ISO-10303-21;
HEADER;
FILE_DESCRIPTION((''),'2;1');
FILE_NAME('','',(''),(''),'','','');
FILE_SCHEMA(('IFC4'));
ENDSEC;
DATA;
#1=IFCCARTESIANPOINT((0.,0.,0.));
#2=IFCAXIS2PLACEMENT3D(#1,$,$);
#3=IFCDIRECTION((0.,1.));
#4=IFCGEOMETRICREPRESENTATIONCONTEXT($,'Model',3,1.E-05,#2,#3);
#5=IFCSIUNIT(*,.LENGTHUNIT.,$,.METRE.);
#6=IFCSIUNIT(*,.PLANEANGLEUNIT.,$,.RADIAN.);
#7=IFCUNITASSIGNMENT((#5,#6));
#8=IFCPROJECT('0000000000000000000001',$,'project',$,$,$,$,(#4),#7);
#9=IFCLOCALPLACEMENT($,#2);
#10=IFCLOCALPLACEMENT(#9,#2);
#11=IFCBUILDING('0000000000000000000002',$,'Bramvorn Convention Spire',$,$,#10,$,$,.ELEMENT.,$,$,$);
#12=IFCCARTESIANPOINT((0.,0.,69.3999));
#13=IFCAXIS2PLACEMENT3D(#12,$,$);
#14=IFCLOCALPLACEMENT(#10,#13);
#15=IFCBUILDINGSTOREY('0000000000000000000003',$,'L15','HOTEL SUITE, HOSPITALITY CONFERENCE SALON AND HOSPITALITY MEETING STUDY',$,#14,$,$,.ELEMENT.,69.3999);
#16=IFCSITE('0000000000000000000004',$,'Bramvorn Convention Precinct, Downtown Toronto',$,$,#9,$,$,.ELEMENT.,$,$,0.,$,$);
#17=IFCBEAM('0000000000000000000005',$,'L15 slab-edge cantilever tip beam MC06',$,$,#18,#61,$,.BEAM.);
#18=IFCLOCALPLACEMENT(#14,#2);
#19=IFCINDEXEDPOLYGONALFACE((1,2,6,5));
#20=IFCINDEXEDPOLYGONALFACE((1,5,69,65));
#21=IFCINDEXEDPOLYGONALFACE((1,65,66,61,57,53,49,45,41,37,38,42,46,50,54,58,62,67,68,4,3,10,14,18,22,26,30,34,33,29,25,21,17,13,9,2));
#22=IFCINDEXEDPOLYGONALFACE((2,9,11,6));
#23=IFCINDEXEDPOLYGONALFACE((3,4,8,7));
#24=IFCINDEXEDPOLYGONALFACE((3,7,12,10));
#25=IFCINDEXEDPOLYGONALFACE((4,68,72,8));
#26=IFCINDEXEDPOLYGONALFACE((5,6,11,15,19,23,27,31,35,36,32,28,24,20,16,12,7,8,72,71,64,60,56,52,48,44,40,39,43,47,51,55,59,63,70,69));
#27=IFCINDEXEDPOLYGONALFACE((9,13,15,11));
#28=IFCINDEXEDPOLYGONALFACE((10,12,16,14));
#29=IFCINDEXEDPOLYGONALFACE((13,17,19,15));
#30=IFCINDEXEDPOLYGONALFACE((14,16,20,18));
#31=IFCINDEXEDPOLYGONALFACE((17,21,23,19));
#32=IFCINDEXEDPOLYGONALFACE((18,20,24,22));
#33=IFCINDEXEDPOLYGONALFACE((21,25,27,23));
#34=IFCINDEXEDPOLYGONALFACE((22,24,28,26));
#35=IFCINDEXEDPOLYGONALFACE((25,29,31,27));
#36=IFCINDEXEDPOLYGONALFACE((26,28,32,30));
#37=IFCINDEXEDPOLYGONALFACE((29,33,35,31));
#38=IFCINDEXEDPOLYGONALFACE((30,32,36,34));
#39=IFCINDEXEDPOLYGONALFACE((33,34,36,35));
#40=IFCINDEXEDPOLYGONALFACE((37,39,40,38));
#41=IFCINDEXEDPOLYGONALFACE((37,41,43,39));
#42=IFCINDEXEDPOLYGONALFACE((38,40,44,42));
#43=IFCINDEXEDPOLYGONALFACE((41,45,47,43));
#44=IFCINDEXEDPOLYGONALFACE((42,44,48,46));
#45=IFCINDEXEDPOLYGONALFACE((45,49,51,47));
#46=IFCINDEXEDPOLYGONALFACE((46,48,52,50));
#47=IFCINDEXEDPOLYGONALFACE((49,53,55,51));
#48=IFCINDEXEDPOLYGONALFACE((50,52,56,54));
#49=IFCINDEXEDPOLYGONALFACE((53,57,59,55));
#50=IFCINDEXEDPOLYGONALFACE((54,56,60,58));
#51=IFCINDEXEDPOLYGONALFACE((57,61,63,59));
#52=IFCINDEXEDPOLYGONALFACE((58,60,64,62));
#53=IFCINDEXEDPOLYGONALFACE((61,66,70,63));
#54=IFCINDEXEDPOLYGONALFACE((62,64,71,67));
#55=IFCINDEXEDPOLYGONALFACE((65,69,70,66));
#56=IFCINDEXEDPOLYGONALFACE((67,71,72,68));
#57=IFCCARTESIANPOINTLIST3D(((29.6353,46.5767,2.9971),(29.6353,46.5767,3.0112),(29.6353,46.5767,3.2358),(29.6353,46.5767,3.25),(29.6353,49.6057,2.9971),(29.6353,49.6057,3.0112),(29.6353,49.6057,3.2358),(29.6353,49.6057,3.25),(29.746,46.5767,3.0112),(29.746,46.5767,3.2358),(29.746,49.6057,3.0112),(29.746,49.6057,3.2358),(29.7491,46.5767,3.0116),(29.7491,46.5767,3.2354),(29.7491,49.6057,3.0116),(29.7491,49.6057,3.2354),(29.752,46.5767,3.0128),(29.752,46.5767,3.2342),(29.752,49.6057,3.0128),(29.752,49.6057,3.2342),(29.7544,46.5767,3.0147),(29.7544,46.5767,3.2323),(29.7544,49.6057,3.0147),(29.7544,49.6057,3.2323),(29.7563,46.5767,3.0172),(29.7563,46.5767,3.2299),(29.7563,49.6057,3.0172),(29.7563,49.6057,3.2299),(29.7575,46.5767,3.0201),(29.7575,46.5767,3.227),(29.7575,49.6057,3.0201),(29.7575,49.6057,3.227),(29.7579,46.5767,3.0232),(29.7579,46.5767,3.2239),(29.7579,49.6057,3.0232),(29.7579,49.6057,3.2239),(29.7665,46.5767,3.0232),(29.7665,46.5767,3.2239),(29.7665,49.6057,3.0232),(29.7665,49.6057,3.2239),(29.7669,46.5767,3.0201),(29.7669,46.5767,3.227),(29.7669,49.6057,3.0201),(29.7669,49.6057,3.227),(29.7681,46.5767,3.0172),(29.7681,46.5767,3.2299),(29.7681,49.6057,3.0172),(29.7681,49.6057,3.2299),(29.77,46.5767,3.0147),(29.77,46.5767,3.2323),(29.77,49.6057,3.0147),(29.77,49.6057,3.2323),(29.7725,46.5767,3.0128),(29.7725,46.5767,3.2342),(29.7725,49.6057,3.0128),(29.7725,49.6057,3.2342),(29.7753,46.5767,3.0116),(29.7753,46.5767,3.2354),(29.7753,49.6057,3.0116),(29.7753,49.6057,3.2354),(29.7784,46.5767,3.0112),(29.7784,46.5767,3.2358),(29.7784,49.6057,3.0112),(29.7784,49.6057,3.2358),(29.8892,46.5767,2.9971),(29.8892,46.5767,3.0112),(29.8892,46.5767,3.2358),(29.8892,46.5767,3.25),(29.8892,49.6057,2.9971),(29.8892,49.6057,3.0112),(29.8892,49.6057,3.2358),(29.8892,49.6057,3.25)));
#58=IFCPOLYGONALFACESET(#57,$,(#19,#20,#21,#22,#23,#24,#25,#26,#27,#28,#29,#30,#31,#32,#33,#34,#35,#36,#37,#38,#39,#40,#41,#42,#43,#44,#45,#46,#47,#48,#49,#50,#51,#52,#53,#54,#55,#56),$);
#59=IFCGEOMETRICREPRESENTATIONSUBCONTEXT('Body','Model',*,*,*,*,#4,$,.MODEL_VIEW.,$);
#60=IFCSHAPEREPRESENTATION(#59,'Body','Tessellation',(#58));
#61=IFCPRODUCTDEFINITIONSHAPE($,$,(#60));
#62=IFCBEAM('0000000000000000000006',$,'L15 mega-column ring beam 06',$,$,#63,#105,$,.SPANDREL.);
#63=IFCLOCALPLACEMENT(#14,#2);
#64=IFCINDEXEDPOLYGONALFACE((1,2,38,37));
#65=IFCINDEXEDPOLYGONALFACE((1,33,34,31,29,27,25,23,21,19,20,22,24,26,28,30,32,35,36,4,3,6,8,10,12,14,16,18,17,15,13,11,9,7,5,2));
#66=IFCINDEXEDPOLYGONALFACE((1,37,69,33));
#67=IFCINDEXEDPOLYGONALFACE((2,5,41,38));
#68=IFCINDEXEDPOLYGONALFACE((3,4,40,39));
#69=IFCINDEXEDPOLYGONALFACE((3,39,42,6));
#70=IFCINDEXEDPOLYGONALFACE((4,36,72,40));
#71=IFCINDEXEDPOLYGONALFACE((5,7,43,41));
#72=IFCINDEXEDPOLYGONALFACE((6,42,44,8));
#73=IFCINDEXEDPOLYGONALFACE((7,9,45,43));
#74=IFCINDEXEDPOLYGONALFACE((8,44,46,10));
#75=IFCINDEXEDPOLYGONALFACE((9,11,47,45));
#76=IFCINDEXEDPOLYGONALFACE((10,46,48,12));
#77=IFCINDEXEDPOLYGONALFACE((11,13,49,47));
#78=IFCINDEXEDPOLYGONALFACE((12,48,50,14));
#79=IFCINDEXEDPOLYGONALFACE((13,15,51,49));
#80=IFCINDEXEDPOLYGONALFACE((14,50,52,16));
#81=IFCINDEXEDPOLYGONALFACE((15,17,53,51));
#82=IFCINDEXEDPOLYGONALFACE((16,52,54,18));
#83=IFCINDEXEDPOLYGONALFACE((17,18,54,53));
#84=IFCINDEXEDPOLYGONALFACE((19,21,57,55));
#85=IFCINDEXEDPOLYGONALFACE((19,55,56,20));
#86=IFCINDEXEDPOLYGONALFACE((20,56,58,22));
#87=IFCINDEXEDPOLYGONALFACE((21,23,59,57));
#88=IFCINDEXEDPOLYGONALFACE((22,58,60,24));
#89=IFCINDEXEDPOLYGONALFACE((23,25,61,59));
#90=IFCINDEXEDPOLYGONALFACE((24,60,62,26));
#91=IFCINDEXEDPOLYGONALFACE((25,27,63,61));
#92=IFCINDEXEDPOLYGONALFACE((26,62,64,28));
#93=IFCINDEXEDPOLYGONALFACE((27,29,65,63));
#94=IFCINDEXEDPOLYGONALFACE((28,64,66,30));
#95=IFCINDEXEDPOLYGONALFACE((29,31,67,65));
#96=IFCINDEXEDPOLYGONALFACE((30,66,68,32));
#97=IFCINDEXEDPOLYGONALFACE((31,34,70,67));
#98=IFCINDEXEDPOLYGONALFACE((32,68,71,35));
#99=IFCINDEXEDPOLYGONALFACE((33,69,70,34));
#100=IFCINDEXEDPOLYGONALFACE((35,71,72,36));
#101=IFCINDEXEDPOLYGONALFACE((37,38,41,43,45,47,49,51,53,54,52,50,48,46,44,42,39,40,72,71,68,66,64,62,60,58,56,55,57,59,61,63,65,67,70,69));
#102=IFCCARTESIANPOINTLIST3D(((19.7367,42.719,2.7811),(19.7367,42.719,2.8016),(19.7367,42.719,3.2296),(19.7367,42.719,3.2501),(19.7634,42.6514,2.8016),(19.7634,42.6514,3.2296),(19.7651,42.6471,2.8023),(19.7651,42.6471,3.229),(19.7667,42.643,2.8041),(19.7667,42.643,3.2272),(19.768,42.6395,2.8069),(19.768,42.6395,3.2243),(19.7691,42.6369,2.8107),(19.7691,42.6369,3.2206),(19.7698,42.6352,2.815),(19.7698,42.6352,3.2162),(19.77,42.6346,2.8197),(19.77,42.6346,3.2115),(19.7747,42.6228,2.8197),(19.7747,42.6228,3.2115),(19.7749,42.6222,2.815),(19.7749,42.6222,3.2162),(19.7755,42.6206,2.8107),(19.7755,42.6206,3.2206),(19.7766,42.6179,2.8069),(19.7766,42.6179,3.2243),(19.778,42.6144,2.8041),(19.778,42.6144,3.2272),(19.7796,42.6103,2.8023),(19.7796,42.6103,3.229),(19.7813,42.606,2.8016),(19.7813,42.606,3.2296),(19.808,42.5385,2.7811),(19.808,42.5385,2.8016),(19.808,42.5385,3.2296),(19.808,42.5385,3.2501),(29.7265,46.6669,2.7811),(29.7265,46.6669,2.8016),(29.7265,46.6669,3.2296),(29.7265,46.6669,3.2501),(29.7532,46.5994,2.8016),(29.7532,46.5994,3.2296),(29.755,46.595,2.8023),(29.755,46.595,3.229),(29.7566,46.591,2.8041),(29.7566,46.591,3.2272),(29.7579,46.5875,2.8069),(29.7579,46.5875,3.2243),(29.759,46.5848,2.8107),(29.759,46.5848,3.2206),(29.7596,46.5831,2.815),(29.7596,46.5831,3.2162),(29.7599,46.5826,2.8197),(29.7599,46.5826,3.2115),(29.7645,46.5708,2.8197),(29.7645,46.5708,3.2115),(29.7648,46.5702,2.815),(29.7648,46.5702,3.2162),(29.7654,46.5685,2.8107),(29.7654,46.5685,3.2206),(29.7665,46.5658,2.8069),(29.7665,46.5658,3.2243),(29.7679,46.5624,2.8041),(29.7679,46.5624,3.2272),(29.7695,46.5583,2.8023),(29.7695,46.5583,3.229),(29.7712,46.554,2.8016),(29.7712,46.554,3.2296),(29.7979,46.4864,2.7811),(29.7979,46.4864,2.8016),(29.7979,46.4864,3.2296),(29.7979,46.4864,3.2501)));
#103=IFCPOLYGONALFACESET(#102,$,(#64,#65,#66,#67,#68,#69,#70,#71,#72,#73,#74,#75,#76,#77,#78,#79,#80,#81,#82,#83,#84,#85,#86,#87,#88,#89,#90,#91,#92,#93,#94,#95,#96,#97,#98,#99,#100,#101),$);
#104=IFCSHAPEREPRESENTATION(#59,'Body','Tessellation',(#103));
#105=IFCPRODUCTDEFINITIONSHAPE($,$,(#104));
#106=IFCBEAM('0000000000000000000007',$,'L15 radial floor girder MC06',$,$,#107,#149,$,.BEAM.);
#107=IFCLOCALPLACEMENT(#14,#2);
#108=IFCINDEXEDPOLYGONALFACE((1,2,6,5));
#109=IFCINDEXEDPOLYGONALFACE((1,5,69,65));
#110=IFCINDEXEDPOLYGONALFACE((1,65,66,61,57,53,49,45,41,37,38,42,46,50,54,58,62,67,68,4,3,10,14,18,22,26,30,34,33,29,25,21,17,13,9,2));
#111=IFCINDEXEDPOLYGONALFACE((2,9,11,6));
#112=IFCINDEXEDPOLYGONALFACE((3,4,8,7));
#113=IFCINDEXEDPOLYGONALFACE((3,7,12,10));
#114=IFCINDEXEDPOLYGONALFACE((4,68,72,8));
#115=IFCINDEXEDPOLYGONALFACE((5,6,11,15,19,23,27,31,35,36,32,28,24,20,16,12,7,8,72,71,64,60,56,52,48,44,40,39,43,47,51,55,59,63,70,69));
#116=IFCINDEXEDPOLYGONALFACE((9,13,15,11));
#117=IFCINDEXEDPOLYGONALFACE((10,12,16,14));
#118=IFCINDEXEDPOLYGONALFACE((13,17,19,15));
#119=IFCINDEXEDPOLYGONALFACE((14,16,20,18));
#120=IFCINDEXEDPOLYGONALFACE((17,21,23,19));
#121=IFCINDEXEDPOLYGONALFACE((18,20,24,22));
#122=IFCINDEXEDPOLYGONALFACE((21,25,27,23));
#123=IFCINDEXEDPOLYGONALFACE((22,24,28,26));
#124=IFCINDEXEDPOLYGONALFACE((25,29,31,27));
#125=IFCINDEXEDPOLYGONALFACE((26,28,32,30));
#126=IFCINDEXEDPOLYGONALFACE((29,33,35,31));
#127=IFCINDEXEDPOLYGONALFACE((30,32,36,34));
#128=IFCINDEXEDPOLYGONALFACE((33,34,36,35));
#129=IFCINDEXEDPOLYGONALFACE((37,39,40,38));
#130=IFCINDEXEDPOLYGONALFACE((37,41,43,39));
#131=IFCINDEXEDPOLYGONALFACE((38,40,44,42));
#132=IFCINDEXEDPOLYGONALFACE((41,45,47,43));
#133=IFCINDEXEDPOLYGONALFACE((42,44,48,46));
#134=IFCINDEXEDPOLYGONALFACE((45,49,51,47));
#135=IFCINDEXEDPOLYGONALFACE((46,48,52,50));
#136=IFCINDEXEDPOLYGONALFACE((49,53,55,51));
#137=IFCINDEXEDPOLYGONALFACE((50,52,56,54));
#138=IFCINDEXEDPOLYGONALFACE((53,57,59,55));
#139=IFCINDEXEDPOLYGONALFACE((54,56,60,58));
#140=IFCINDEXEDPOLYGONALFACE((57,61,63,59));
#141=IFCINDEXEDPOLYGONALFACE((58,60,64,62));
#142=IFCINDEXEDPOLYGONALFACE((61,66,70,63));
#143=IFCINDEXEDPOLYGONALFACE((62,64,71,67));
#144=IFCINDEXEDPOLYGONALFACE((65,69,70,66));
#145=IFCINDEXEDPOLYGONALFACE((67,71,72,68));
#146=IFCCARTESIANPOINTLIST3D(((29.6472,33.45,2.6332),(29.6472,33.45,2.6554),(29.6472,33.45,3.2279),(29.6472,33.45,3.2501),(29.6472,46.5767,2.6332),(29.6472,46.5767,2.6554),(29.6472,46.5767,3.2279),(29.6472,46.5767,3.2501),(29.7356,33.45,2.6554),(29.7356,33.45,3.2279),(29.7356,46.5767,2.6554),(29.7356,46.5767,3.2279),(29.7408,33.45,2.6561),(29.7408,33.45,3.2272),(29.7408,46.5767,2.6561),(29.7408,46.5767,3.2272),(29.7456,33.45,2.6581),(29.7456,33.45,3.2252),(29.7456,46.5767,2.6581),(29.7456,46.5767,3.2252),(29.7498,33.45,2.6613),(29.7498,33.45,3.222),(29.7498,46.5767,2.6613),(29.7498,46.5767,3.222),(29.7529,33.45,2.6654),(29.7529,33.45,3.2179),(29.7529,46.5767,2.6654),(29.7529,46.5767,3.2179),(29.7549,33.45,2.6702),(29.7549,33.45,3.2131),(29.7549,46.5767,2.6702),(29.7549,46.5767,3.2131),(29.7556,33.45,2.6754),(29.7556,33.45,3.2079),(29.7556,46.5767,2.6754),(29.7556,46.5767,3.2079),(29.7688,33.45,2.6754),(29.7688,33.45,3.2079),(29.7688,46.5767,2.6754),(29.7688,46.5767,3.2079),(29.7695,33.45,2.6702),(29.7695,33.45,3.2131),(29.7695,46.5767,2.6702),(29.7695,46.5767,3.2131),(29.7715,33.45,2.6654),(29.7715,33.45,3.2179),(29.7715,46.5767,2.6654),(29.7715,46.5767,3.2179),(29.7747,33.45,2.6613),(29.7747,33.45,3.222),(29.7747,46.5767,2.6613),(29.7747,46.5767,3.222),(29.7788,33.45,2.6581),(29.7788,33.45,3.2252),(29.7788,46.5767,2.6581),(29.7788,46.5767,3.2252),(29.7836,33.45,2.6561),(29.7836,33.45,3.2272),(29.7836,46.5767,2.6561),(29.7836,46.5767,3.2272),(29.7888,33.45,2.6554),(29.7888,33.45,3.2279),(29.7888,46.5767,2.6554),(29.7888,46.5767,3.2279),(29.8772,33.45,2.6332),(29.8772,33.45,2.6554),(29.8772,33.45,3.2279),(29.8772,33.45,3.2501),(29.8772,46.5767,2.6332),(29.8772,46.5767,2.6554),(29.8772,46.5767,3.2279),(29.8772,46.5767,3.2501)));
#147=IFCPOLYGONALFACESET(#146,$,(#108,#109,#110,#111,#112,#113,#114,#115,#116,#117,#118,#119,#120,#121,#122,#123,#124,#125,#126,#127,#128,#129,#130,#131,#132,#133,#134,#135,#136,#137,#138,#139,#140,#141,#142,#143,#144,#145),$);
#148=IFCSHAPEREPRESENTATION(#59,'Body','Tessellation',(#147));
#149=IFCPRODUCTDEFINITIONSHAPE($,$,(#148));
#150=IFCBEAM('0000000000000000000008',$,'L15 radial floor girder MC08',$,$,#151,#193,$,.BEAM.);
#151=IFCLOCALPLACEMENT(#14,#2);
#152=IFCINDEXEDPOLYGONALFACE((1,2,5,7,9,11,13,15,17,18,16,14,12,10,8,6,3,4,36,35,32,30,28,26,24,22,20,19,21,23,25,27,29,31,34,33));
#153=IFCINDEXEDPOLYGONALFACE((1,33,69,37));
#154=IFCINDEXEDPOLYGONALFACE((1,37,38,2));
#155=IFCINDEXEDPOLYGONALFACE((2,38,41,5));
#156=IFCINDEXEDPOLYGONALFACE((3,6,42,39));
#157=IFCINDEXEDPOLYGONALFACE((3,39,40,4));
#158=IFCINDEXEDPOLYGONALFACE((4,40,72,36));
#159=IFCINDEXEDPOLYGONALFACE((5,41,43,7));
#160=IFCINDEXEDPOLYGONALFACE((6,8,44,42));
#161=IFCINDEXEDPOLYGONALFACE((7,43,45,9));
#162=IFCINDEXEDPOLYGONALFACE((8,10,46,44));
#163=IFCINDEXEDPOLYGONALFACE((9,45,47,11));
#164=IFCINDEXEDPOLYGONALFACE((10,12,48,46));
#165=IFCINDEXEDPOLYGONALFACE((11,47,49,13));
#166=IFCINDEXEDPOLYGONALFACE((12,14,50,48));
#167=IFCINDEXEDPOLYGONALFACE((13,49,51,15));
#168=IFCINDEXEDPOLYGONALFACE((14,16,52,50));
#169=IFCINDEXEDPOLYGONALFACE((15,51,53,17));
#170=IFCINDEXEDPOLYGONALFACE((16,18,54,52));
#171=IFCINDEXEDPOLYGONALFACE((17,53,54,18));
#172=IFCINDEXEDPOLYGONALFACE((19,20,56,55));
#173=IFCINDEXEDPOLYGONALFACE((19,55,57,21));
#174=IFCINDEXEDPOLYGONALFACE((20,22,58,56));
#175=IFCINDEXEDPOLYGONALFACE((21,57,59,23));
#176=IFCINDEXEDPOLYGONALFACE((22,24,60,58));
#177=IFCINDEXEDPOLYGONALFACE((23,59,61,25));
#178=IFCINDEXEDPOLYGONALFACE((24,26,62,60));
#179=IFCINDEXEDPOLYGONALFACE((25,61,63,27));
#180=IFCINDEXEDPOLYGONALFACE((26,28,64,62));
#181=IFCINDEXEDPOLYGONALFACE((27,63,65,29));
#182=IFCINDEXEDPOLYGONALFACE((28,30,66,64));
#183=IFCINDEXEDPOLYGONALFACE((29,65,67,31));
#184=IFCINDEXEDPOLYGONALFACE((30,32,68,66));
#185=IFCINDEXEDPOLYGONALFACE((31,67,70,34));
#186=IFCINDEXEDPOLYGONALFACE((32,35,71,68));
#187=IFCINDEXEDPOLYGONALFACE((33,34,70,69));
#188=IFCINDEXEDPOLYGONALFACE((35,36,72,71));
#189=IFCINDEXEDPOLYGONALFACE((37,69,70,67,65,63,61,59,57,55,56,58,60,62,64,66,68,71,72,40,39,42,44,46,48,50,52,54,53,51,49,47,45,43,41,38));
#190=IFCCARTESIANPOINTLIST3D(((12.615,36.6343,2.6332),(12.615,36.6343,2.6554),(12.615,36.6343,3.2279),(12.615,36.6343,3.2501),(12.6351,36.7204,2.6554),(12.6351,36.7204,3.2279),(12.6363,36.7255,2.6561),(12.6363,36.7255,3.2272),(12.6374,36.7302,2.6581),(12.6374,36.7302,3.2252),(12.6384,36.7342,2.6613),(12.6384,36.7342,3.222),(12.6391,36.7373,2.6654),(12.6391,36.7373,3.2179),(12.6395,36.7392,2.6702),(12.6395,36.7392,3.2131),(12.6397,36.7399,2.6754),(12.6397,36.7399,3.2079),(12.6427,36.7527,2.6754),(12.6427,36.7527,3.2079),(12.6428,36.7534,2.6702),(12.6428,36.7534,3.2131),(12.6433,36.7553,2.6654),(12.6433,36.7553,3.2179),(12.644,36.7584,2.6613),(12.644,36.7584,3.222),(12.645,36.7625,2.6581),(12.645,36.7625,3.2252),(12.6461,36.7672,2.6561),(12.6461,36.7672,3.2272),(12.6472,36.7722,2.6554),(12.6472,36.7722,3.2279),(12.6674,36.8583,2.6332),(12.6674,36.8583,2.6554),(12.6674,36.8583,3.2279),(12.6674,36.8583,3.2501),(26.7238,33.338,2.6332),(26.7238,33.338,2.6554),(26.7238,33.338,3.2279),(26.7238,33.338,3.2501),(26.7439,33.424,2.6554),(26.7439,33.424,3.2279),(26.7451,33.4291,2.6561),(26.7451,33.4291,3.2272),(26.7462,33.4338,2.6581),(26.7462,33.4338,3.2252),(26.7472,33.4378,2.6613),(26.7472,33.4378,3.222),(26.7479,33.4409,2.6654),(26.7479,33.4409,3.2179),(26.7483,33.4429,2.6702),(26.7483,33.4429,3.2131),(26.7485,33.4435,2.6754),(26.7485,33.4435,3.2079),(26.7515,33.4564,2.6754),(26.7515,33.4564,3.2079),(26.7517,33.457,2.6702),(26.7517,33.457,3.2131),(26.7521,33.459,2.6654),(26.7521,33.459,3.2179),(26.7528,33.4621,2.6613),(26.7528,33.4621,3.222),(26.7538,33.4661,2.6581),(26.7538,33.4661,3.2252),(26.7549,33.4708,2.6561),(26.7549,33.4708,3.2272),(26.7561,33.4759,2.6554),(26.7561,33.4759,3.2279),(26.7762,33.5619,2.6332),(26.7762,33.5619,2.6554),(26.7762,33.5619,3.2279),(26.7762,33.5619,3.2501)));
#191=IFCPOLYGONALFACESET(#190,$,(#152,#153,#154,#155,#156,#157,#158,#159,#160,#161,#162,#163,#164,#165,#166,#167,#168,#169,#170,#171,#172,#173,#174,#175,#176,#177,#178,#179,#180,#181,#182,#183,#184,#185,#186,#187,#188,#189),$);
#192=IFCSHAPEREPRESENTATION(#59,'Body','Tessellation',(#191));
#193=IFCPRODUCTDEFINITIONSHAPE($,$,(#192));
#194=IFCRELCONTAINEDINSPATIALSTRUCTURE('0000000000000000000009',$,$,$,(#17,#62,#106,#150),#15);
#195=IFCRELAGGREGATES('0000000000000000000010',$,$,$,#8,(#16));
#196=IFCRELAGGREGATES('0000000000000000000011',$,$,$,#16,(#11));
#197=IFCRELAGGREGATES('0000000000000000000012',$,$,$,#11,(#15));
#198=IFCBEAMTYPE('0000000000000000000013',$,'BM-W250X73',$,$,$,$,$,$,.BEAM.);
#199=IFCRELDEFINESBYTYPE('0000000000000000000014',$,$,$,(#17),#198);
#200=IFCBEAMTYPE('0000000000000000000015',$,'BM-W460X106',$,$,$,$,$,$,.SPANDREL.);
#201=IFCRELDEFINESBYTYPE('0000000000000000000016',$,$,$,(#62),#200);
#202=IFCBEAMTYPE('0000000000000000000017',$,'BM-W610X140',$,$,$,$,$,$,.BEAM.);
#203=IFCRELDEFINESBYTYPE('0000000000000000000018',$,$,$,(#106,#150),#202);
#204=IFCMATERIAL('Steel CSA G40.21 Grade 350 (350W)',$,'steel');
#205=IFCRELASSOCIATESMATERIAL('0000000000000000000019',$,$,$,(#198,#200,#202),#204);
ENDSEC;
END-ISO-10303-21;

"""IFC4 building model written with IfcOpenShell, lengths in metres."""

from ifc_helpers import new_model, si_unit, direction, frame, origin, origin_2d, place, context, subcontext, project, spatial, i_section, extrude, material, material_profile, profile_set, type_object, element, save


model = new_model("IFC4")

# Units and contexts
model_context = context("Model", 3, precision=1e-05, world=origin(), true_north=direction((0.0, 1.0)))
body_context = subcontext(model_context, "Body", "Model", "MODEL_VIEW")
ifc_project = project(units=[si_unit("LENGTHUNIT", "METRE"), si_unit("PLANEANGLEUNIT", "RADIAN")], contexts=[model_context])

# Site, building, storey
site_placement = place(None, origin())
site = spatial("IfcSite", under=ifc_project, at=site_placement, Name="Bramvorn Convention Precinct, Downtown Toronto", CompositionType="ELEMENT", RefElevation=0.0)
building_placement = place(site_placement, origin())
building = spatial("IfcBuilding", under=site, at=building_placement, Name="Bramvorn Convention Spire", CompositionType="ELEMENT")
storey_placement = place(building_placement, frame((0.0, 0.0, 69.3999)))
storey = spatial("IfcBuildingStorey", under=building, at=storey_placement, Name="L15", Description="HOTEL SUITE, HOSPITALITY CONFERENCE SALON AND HOSPITALITY MEETING STUDY", CompositionType="ELEMENT", Elevation=69.3999)

# Shared definitions
ifc_material_1 = material(Name="Steel CSA G40.21 Grade 350 (350W)", Category="steel")

# Beams
ifc_material_profile_1 = material_profile(ifc_material_1, i_section(OverallWidth=0.2539, OverallDepth=0.2529, WebThickness=0.0085, FlangeThickness=0.0142, FilletRadius=0.012, at=origin_2d()))
ifc_profile_set_1 = profile_set([ifc_material_profile_1], Name="Steel CSA G40.21 Grade 350 (350W) - W250X73")
beam_type_1 = type_object("IfcBeamType", Name="BM-W250X73", PredefinedType="BEAM", material=ifc_profile_set_1)
beam_1_placement = place(storey_placement, frame((29.7622, 46.5767, 3.1235), z_axis=(0.0, 1.0, 0.0), x_axis=(-1.0, 0.0, 0.0)))
element("IfcBeam", 1, at=beam_1_placement, inside=storey, type_object=beam_type_1, Name="L15 slab-edge cantilever tip beam MC06", PredefinedType="BEAM", context=body_context, shape_type="SweptSolid", body=[
    extrude(i_section(OverallWidth=0.2539, OverallDepth=0.2529, WebThickness=0.0085, FlangeThickness=0.0142, FilletRadius=0.012, at=origin_2d()), origin(), (0.0, 0.0, 1.0), 3.0291),
])
ifc_material_profile_2 = material_profile(ifc_material_1, i_section(OverallWidth=0.1941, OverallDepth=0.469, WebThickness=0.0127, FlangeThickness=0.0205, FilletRadius=0.0181, at=origin_2d()))
ifc_profile_set_2 = profile_set([ifc_material_profile_2], Name="Steel CSA G40.21 Grade 350 (350W) - W460X106")
beam_type_2 = type_object("IfcBeamType", Name="BM-W460X106", PredefinedType="SPANDREL", material=ifc_profile_set_2)
beam_2_placement = place(storey_placement, frame((29.7622, 46.5767, 3.0156), z_axis=(-0.93001, -0.367535, 0.0), x_axis=(0.367535, -0.93001, 0.0)))
element("IfcBeam", 2, at=beam_2_placement, inside=storey, type_object=beam_type_2, Name="L15 mega-column ring beam 06", PredefinedType="SPANDREL", context=body_context, shape_type="SweptSolid", body=[
    extrude(i_section(OverallWidth=0.1941, OverallDepth=0.469, WebThickness=0.0127, FlangeThickness=0.0205, FilletRadius=0.0181, at=origin_2d()), origin(), (0.0, 0.0, 1.0), 10.7417),
])
ifc_material_profile_3 = material_profile(ifc_material_1, i_section(OverallWidth=0.23, OverallDepth=0.6169, WebThickness=0.0132, FlangeThickness=0.0222, FilletRadius=0.02, at=origin_2d()))
ifc_profile_set_3 = profile_set([ifc_material_profile_3], Name="Steel CSA G40.21 Grade 350 (350W) - W610X140")
beam_type_3 = type_object("IfcBeamType", Name="BM-W610X140", PredefinedType="BEAM", material=ifc_profile_set_3)
beam_3_placement = place(storey_placement, frame((29.7622, 33.45, 2.9417), z_axis=(0.0, 1.0, 0.0), x_axis=(-1.0, 0.0, 0.0)))
element("IfcBeam", 3, at=beam_3_placement, inside=storey, type_object=beam_type_3, Name="L15 radial floor girder MC06", PredefinedType="BEAM", context=body_context, shape_type="SweptSolid", body=[
    extrude(i_section(OverallWidth=0.23, OverallDepth=0.6169, WebThickness=0.0132, FlangeThickness=0.0222, FilletRadius=0.02, at=origin_2d()), origin(), (0.0, 0.0, 1.0), 13.1267),
])
beam_4_placement = place(storey_placement, frame((26.75, 33.45, 2.9417), z_axis=(-0.973775, 0.227512, 0.0), x_axis=(-0.227512, -0.973775, 0.0)))
element("IfcBeam", 4, at=beam_4_placement, inside=storey, type_object=beam_type_3, Name="L15 radial floor girder MC08", PredefinedType="BEAM", context=body_context, shape_type="SweptSolid", body=[
    extrude(i_section(OverallWidth=0.23, OverallDepth=0.6169, WebThickness=0.0132, FlangeThickness=0.0222, FilletRadius=0.02, at=origin_2d()), origin(), (0.0, 0.0, 1.0), 14.4888),
])

save(model, "model.ifc")
